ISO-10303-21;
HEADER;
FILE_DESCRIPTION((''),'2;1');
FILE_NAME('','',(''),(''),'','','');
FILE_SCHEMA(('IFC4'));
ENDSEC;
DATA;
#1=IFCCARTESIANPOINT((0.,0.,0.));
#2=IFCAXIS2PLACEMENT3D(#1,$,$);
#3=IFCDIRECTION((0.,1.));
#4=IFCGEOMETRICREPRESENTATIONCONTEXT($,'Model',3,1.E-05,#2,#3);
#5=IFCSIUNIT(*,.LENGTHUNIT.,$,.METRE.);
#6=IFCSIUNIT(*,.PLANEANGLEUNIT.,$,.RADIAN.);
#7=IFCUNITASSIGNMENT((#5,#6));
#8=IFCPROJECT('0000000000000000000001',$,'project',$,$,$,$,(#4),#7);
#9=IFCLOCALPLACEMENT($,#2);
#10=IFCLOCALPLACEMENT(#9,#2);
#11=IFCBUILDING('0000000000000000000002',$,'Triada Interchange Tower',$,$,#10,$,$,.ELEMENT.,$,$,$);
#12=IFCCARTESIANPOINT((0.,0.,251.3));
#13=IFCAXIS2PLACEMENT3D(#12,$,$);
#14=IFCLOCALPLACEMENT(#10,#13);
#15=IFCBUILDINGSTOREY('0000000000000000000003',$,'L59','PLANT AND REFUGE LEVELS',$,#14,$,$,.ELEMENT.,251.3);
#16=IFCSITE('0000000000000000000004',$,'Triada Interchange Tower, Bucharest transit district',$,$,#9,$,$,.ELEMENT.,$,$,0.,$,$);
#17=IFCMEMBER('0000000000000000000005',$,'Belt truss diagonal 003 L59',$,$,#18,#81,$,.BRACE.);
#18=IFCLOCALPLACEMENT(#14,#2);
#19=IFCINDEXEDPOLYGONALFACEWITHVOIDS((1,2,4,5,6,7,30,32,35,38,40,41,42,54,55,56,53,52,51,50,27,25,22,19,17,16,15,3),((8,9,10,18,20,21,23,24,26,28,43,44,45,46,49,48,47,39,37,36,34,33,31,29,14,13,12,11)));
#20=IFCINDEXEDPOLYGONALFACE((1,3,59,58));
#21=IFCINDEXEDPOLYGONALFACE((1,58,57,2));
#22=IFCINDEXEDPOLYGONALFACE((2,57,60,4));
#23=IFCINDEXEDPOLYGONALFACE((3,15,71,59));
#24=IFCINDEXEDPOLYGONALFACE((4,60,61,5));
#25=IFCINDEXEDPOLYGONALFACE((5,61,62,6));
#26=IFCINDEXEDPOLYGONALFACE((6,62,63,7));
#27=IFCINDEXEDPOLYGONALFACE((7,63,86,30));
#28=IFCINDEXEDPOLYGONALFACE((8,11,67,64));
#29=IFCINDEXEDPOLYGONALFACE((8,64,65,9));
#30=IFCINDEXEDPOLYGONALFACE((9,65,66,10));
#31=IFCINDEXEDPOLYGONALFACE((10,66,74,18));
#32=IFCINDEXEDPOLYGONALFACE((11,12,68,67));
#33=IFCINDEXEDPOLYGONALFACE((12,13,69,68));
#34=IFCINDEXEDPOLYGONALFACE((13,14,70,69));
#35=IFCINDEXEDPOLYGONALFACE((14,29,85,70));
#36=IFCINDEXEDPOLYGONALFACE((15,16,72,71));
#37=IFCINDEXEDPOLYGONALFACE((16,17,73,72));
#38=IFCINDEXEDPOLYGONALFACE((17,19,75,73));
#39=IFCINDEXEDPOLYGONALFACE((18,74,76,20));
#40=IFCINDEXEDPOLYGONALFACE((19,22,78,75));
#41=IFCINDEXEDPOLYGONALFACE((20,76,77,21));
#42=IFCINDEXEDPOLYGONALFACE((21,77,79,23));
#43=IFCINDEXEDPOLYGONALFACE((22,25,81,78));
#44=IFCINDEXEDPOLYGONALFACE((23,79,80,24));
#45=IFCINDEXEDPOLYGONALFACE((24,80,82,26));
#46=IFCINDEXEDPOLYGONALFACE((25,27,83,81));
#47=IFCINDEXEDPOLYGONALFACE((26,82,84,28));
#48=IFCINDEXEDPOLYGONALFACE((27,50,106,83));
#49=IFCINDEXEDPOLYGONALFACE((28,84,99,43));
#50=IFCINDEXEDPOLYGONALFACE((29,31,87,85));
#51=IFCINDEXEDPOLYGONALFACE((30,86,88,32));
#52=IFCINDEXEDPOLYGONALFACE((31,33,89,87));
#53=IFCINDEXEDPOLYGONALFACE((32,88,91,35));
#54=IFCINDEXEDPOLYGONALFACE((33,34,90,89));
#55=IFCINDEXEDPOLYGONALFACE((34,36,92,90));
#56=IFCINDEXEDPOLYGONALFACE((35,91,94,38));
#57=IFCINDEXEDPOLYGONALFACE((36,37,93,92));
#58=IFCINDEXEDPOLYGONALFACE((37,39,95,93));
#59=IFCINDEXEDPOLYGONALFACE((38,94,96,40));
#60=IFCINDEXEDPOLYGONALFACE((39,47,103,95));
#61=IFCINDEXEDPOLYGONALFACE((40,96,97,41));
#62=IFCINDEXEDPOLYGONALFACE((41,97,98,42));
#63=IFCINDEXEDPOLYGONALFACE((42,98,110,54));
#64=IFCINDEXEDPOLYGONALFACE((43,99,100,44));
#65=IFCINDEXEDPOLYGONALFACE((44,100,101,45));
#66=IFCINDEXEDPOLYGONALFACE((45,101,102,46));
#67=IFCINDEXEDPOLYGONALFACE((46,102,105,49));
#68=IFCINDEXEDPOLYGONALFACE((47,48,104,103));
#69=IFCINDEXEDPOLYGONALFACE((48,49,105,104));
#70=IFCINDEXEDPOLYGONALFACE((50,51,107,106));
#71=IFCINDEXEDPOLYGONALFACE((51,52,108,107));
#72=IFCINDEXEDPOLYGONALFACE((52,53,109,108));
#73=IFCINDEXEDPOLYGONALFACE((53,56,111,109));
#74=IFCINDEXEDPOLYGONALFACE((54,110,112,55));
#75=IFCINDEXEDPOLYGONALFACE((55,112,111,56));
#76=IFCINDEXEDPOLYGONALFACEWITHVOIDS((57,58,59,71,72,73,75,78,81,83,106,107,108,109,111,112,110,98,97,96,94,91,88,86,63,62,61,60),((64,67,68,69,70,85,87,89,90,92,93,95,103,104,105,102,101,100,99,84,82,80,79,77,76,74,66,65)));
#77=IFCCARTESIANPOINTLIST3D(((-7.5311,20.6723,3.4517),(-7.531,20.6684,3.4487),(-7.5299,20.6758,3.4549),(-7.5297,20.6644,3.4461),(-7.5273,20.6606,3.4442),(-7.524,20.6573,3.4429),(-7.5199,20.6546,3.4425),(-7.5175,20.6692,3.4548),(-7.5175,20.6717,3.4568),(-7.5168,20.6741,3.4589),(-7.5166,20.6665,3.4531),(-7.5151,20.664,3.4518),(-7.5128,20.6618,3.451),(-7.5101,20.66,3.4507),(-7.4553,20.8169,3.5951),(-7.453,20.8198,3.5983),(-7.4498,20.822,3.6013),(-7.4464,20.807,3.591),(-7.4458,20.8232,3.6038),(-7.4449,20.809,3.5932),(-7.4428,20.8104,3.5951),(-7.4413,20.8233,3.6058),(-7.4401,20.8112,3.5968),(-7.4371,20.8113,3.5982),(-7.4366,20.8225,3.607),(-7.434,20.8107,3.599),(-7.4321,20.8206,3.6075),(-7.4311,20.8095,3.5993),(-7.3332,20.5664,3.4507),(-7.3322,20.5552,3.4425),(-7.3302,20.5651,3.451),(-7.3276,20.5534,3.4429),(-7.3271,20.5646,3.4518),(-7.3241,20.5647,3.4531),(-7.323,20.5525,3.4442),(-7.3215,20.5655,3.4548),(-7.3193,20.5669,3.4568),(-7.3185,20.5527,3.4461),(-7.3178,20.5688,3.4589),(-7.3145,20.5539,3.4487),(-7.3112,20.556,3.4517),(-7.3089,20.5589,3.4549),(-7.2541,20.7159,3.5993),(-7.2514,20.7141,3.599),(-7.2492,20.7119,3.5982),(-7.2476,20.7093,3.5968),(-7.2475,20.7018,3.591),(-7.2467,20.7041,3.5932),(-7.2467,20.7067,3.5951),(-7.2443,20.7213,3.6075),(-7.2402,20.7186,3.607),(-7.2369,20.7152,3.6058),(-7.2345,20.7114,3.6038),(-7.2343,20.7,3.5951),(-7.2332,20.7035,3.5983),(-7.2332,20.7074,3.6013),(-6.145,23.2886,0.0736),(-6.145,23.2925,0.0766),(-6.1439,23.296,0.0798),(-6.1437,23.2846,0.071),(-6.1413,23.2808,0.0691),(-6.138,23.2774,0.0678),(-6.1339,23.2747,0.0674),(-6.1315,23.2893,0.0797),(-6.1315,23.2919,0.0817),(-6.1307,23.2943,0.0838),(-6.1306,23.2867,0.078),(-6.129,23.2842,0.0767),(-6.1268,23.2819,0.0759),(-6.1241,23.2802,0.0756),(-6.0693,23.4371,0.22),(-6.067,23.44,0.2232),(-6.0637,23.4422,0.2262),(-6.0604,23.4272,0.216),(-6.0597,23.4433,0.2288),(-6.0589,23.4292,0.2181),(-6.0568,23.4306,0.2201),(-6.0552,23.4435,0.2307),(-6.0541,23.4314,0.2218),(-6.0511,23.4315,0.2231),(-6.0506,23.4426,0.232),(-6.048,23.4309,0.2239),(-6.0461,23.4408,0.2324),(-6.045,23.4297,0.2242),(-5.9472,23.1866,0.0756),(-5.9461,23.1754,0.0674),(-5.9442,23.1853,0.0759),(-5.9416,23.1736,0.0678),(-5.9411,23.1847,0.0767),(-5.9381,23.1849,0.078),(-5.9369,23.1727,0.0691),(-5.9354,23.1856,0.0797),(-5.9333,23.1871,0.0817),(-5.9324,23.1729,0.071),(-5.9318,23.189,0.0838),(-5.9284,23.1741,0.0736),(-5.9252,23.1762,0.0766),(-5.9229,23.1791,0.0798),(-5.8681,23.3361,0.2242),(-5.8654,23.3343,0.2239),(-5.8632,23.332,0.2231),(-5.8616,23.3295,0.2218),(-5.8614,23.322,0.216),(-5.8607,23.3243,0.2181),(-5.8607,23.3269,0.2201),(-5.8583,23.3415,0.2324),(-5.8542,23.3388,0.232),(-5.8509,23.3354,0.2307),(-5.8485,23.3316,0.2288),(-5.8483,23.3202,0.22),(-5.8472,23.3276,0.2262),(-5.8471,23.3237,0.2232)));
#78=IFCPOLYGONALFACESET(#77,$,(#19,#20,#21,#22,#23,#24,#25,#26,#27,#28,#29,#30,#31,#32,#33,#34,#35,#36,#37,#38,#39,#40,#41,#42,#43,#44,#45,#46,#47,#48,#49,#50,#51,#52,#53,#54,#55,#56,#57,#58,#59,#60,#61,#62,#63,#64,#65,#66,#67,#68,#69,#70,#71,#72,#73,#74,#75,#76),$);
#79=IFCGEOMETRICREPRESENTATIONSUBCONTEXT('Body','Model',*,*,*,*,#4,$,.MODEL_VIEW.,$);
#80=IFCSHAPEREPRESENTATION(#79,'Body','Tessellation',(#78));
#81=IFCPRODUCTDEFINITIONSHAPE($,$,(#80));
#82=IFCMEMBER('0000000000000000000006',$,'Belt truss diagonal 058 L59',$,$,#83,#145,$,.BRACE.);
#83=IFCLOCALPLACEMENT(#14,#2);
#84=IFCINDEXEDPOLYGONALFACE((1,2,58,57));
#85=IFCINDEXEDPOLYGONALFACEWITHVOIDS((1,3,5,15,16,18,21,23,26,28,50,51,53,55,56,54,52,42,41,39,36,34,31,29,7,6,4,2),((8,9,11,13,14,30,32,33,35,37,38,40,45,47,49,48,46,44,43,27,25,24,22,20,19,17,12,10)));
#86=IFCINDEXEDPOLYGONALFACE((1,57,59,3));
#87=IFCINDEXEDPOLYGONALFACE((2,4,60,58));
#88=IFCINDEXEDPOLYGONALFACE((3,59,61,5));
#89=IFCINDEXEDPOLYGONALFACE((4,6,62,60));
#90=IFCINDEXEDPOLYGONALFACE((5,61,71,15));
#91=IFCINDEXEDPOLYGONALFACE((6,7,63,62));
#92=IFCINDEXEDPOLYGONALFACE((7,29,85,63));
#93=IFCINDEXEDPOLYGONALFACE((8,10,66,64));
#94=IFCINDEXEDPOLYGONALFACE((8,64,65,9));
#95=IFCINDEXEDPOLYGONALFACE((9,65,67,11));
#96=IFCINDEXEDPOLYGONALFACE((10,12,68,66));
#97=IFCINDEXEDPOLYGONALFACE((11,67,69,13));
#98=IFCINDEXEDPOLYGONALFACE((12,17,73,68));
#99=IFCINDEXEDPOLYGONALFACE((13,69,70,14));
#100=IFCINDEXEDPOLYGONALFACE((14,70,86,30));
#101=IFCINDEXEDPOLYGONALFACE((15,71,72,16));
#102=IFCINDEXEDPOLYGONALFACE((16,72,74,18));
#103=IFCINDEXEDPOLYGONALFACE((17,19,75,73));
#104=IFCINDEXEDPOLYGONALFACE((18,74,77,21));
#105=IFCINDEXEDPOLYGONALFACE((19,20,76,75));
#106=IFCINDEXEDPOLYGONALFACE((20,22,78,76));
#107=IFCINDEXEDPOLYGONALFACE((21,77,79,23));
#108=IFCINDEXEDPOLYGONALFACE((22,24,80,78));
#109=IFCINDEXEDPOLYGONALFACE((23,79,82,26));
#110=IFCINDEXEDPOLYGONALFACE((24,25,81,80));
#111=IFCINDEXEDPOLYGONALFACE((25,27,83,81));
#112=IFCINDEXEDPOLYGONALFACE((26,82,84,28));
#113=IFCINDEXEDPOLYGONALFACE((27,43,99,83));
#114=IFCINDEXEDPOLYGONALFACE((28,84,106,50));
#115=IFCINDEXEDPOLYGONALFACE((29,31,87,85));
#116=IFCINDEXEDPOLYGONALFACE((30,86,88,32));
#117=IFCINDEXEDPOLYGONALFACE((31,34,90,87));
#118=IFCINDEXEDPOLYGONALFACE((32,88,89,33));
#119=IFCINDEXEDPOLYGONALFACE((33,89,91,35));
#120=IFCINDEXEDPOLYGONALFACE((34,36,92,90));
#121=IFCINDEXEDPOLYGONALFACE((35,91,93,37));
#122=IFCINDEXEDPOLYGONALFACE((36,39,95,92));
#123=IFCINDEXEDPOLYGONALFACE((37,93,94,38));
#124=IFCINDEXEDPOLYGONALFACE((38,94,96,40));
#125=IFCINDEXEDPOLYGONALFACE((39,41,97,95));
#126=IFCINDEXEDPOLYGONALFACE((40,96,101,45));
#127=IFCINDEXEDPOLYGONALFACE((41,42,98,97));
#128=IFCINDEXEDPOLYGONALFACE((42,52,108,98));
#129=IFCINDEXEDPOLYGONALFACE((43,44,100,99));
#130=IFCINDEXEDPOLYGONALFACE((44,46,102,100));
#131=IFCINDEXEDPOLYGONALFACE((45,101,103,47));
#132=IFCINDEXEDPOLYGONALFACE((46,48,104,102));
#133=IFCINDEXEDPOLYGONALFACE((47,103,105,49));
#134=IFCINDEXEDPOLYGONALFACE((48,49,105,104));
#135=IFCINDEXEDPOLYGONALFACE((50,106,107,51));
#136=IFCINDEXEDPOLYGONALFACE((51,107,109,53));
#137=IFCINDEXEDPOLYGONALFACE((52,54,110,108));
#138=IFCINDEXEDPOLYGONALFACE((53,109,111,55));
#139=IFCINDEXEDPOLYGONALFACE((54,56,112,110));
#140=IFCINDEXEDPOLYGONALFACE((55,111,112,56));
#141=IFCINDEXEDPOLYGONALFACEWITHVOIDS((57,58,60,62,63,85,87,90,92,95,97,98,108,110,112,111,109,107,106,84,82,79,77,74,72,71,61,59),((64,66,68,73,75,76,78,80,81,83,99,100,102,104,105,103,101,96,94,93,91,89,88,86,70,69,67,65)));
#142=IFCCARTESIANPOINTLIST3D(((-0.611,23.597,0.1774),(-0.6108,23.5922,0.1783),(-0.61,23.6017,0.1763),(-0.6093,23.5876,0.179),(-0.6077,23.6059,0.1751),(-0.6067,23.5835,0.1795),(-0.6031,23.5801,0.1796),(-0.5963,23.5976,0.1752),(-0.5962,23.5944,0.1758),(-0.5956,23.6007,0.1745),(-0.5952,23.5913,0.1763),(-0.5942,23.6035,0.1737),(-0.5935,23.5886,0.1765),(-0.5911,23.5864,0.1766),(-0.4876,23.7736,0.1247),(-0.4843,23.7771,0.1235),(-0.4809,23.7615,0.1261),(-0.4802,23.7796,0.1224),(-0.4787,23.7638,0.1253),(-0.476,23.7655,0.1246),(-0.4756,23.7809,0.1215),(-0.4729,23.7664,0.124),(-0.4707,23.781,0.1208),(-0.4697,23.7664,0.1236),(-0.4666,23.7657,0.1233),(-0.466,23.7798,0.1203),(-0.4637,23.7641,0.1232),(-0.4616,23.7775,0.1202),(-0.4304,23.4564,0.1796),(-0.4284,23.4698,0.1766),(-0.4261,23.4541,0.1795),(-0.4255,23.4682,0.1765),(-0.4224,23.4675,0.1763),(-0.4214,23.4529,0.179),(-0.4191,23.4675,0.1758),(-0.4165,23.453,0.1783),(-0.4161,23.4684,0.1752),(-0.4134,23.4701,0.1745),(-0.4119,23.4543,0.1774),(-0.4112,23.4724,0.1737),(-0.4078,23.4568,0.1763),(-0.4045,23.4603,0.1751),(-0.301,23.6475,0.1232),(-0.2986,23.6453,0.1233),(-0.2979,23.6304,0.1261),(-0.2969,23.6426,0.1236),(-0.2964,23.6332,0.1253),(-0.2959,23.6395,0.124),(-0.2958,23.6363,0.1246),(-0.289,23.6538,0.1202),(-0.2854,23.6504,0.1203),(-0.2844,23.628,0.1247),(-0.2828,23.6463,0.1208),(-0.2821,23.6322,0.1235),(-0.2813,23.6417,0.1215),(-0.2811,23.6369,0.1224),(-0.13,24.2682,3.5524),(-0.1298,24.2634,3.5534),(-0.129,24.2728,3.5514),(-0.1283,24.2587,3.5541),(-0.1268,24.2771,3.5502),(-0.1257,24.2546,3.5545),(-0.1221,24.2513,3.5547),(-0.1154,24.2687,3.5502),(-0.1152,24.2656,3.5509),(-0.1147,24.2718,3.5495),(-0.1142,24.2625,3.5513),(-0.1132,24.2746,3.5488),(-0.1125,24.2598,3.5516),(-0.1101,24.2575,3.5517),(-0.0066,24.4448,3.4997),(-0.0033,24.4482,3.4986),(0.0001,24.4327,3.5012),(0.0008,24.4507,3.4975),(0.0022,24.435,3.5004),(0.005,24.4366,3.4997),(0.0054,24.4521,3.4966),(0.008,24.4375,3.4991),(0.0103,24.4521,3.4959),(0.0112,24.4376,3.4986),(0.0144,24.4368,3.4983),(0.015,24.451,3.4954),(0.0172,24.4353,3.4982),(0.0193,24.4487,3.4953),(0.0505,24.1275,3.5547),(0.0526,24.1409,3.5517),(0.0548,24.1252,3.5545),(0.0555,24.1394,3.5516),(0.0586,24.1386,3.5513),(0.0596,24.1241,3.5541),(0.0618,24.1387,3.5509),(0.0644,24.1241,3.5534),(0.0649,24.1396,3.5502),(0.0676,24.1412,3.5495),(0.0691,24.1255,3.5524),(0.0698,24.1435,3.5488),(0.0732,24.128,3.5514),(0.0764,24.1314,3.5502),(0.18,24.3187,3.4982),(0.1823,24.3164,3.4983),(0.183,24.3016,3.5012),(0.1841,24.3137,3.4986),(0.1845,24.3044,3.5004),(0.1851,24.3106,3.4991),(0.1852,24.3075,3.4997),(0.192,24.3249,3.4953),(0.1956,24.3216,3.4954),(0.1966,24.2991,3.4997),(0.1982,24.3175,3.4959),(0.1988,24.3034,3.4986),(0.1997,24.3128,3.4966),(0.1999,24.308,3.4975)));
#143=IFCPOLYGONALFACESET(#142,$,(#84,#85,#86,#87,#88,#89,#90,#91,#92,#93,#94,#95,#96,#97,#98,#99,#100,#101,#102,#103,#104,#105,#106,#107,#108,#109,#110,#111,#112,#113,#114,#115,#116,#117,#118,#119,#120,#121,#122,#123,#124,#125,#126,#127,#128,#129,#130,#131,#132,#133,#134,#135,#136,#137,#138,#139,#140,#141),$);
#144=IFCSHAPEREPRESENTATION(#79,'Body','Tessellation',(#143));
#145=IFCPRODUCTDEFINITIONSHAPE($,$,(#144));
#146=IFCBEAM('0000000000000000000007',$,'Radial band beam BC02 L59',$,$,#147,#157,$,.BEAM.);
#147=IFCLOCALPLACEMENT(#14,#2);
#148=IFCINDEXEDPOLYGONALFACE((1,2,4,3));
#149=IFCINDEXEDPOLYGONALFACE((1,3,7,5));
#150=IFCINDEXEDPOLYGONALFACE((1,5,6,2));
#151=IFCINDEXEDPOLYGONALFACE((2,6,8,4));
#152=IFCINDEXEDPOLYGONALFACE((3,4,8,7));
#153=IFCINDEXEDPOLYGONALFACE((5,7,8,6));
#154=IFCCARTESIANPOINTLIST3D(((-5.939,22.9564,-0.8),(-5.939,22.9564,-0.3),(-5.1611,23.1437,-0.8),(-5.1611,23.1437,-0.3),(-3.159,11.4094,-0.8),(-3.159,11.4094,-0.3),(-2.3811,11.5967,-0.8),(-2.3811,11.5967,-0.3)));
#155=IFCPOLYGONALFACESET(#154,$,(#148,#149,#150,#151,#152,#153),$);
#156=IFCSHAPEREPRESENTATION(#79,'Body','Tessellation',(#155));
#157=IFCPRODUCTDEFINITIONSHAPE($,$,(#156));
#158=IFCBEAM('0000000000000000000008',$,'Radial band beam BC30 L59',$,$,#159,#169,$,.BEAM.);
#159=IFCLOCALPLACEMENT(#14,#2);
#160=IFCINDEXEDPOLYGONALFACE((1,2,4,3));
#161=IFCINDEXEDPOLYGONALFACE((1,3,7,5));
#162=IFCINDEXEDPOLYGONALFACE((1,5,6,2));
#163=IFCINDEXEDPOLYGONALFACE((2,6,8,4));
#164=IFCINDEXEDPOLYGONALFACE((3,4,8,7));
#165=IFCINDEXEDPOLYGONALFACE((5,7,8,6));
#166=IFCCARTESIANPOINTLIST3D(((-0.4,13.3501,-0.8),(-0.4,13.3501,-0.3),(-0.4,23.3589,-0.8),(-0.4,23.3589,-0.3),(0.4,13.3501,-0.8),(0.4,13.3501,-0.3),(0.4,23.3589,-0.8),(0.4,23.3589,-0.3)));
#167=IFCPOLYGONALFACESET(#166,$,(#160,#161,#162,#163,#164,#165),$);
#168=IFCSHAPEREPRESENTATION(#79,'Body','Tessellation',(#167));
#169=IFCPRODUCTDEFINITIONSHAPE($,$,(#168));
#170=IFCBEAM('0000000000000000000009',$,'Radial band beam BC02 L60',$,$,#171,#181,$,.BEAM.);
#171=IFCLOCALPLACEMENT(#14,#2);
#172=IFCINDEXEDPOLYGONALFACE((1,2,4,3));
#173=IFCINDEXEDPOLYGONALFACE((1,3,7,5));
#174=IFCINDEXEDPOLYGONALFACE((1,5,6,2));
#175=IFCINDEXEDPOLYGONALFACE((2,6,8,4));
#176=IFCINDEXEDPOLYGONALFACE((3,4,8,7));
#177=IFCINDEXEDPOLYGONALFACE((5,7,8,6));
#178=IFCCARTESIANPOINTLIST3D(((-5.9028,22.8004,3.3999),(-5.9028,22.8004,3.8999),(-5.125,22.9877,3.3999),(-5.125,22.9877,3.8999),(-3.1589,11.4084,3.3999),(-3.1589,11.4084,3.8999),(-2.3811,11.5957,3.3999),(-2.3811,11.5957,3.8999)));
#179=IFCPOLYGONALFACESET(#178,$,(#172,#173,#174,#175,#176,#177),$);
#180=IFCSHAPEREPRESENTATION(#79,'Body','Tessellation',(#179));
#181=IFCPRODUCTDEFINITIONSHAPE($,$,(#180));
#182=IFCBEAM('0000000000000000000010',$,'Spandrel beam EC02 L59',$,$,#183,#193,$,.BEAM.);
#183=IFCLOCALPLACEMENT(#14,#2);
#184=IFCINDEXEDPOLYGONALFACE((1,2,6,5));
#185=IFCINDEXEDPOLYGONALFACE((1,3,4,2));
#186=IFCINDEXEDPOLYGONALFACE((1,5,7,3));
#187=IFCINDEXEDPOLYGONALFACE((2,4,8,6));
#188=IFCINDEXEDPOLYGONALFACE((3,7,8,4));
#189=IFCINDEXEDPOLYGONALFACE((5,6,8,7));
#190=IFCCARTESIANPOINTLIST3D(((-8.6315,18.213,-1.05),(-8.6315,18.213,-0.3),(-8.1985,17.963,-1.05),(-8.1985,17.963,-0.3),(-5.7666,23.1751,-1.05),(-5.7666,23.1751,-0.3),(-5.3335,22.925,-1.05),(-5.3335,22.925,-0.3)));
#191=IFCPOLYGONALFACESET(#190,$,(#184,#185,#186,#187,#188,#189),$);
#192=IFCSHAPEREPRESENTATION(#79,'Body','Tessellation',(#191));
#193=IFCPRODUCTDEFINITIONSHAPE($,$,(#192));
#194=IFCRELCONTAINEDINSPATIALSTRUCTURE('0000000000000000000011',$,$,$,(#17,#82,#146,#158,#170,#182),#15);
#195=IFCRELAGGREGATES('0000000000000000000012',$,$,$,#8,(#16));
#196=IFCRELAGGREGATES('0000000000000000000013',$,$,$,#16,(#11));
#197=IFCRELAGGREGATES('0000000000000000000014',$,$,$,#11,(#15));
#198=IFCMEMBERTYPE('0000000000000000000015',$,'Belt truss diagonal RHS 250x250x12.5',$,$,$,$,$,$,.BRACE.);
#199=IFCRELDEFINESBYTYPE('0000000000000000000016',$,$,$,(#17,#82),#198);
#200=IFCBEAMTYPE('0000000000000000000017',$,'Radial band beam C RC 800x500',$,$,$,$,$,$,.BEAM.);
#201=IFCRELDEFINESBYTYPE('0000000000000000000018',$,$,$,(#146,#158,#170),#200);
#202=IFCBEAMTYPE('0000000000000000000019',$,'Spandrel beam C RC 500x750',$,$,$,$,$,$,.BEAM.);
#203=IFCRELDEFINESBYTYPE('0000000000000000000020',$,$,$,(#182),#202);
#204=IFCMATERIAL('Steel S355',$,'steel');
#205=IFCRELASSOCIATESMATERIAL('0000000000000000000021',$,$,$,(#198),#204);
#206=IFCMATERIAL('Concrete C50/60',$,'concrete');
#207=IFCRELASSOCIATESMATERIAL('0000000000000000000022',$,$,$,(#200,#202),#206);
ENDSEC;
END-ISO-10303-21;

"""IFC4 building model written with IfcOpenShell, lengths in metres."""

from ifc_helpers import new_model, si_unit, direction, frame, origin, origin_2d, place, context, subcontext, project, spatial, rectangle, hollow_rectangle, extrude, material, material_profile, profile_set, type_object, element, save


model = new_model("IFC4")

# Units and contexts
model_context = context("Model", 3, precision=1e-05, world=origin(), true_north=direction((0.0, 1.0)))
body_context = subcontext(model_context, "Body", "Model", "MODEL_VIEW")
ifc_project = project(units=[si_unit("LENGTHUNIT", "METRE"), si_unit("PLANEANGLEUNIT", "RADIAN")], contexts=[model_context])

# Site, building, storey
site_placement = place(None, origin())
site = spatial("IfcSite", under=ifc_project, at=site_placement, Name="Triada Interchange Tower, Bucharest transit district", CompositionType="ELEMENT", RefElevation=0.0)
building_placement = place(site_placement, origin())
building = spatial("IfcBuilding", under=site, at=building_placement, Name="Triada Interchange Tower", CompositionType="ELEMENT")
storey_placement = place(building_placement, frame((0.0, 0.0, 251.3)))
storey = spatial("IfcBuildingStorey", under=building, at=storey_placement, Name="L59", Description="PLANT AND REFUGE LEVELS", CompositionType="ELEMENT", Elevation=251.3)

# Shared definitions
ifc_material_1 = material(Name="Concrete C50/60", Category="concrete")

# Members
ifc_material_2 = material(Name="Steel S355", Category="steel")
ifc_material_profile_1 = material_profile(ifc_material_2, hollow_rectangle(XDim=0.25, YDim=0.25, WallThickness=0.0125, InnerFilletRadius=0.0125, OuterFilletRadius=0.0188, at=origin_2d()), Name="RHS 250x250x12.5")
ifc_profile_set_1 = profile_set([ifc_material_profile_1], Name="Steel S355")
member_type = type_object("IfcMemberType", Name="Belt truss diagonal RHS 250x250x12.5", PredefinedType="BRACE", material=ifc_profile_set_1)
member_1_placement = place(storey_placement, frame((-5.9961, 23.3081, 0.1499), z_axis=(-0.308557, -0.583306, 0.751363), x_axis=(0.883946, -0.467589, 0.0)))
element("IfcMember", 1, at=member_1_placement, inside=storey, type_object=member_type, Name="Belt truss diagonal 003 L59", PredefinedType="BRACE", context=body_context, shape_type="SweptSolid", body=[
    extrude(hollow_rectangle(XDim=0.25, YDim=0.25, WallThickness=0.0125, InnerFilletRadius=0.0125, OuterFilletRadius=0.0188, at=origin_2d()), origin(), (0.0, 0.0, 1.0), 4.4919),
])
member_2_placement = place(storey_placement, frame((-0.446, 23.6169, 0.1499), z_axis=(0.138424, 0.193161, 0.971354), x_axis=(-0.812833, 0.582496, 0.0)))
element("IfcMember", 2, at=member_2_placement, inside=storey, type_object=member_type, Name="Belt truss diagonal 058 L59", PredefinedType="BRACE", context=body_context, shape_type="SweptSolid", body=[
    extrude(hollow_rectangle(XDim=0.25, YDim=0.25, WallThickness=0.0125, InnerFilletRadius=0.0125, OuterFilletRadius=0.0188, at=origin_2d()), origin(), (0.0, 0.0, 1.0), 3.4746),
])

# Beams
ifc_material_profile_2 = material_profile(ifc_material_1, rectangle(XDim=0.8, YDim=0.5, at=origin_2d()), Name="RC 800x500")
ifc_profile_set_2 = profile_set([ifc_material_profile_2], Name="Concrete C50/60")
beam_type_1 = type_object("IfcBeamType", Name="Radial band beam C RC 800x500", PredefinedType="BEAM", material=ifc_profile_set_2)
beam_1_placement = place(storey_placement, frame((-5.55, 23.05, -0.55), z_axis=(0.234067, -0.97222, 0.0), x_axis=(0.97222, 0.234067, 0.0)))
element("IfcBeam", 3, at=beam_1_placement, inside=storey, type_object=beam_type_1, Name="Radial band beam BC02 L59", PredefinedType="BEAM", context=body_context, shape_type="SweptSolid", body=[
    extrude(rectangle(XDim=0.8, YDim=0.5, at=origin_2d()), origin(), (0.0, 0.0, 1.0), 11.877),
])
beam_2_placement = place(storey_placement, frame((0.0, 23.3589, -0.55), z_axis=(0.0, -1.0, 0.0), x_axis=(1.0, 0.0, 0.0)))
element("IfcBeam", 4, at=beam_2_placement, inside=storey, type_object=beam_type_1, Name="Radial band beam BC30 L59", PredefinedType="BEAM", context=body_context, shape_type="SweptSolid", body=[
    extrude(rectangle(XDim=0.8, YDim=0.5, at=origin_2d()), origin(), (0.0, 0.0, 1.0), 10.0088),
])
beam_3_placement = place(storey_placement, frame((-5.5139, 22.894, 3.6499), z_axis=(0.234163, -0.972197, 0.0), x_axis=(0.972197, 0.234163, 0.0)))
element("IfcBeam", 5, at=beam_3_placement, inside=storey, type_object=beam_type_1, Name="Radial band beam BC02 L60", PredefinedType="BEAM", context=body_context, shape_type="SweptSolid", body=[
    extrude(rectangle(XDim=0.8, YDim=0.5, at=origin_2d()), origin(), (0.0, 0.0, 1.0), 11.7178),
])
ifc_material_profile_3 = material_profile(ifc_material_1, rectangle(XDim=0.5, YDim=0.75, at=origin_2d()), Name="RC 500x750")
ifc_profile_set_3 = profile_set([ifc_material_profile_3], Name="Concrete C50/60")
beam_type_2 = type_object("IfcBeamType", Name="Spandrel beam C RC 500x750", PredefinedType="BEAM", material=ifc_profile_set_3)
beam_4_placement = place(storey_placement, frame((-5.55, 23.05, -0.675), z_axis=(-0.500011, -0.866019, 0.0), x_axis=(0.866019, -0.500011, 0.0)))
element("IfcBeam", 6, at=beam_4_placement, inside=storey, type_object=beam_type_2, Name="Spandrel beam EC02 L59", PredefinedType="BEAM", context=body_context, shape_type="SweptSolid", body=[
    extrude(rectangle(XDim=0.5, YDim=0.75, at=origin_2d()), origin(), (0.0, 0.0, 1.0), 5.7297),
])

save(model, "model.ifc")
